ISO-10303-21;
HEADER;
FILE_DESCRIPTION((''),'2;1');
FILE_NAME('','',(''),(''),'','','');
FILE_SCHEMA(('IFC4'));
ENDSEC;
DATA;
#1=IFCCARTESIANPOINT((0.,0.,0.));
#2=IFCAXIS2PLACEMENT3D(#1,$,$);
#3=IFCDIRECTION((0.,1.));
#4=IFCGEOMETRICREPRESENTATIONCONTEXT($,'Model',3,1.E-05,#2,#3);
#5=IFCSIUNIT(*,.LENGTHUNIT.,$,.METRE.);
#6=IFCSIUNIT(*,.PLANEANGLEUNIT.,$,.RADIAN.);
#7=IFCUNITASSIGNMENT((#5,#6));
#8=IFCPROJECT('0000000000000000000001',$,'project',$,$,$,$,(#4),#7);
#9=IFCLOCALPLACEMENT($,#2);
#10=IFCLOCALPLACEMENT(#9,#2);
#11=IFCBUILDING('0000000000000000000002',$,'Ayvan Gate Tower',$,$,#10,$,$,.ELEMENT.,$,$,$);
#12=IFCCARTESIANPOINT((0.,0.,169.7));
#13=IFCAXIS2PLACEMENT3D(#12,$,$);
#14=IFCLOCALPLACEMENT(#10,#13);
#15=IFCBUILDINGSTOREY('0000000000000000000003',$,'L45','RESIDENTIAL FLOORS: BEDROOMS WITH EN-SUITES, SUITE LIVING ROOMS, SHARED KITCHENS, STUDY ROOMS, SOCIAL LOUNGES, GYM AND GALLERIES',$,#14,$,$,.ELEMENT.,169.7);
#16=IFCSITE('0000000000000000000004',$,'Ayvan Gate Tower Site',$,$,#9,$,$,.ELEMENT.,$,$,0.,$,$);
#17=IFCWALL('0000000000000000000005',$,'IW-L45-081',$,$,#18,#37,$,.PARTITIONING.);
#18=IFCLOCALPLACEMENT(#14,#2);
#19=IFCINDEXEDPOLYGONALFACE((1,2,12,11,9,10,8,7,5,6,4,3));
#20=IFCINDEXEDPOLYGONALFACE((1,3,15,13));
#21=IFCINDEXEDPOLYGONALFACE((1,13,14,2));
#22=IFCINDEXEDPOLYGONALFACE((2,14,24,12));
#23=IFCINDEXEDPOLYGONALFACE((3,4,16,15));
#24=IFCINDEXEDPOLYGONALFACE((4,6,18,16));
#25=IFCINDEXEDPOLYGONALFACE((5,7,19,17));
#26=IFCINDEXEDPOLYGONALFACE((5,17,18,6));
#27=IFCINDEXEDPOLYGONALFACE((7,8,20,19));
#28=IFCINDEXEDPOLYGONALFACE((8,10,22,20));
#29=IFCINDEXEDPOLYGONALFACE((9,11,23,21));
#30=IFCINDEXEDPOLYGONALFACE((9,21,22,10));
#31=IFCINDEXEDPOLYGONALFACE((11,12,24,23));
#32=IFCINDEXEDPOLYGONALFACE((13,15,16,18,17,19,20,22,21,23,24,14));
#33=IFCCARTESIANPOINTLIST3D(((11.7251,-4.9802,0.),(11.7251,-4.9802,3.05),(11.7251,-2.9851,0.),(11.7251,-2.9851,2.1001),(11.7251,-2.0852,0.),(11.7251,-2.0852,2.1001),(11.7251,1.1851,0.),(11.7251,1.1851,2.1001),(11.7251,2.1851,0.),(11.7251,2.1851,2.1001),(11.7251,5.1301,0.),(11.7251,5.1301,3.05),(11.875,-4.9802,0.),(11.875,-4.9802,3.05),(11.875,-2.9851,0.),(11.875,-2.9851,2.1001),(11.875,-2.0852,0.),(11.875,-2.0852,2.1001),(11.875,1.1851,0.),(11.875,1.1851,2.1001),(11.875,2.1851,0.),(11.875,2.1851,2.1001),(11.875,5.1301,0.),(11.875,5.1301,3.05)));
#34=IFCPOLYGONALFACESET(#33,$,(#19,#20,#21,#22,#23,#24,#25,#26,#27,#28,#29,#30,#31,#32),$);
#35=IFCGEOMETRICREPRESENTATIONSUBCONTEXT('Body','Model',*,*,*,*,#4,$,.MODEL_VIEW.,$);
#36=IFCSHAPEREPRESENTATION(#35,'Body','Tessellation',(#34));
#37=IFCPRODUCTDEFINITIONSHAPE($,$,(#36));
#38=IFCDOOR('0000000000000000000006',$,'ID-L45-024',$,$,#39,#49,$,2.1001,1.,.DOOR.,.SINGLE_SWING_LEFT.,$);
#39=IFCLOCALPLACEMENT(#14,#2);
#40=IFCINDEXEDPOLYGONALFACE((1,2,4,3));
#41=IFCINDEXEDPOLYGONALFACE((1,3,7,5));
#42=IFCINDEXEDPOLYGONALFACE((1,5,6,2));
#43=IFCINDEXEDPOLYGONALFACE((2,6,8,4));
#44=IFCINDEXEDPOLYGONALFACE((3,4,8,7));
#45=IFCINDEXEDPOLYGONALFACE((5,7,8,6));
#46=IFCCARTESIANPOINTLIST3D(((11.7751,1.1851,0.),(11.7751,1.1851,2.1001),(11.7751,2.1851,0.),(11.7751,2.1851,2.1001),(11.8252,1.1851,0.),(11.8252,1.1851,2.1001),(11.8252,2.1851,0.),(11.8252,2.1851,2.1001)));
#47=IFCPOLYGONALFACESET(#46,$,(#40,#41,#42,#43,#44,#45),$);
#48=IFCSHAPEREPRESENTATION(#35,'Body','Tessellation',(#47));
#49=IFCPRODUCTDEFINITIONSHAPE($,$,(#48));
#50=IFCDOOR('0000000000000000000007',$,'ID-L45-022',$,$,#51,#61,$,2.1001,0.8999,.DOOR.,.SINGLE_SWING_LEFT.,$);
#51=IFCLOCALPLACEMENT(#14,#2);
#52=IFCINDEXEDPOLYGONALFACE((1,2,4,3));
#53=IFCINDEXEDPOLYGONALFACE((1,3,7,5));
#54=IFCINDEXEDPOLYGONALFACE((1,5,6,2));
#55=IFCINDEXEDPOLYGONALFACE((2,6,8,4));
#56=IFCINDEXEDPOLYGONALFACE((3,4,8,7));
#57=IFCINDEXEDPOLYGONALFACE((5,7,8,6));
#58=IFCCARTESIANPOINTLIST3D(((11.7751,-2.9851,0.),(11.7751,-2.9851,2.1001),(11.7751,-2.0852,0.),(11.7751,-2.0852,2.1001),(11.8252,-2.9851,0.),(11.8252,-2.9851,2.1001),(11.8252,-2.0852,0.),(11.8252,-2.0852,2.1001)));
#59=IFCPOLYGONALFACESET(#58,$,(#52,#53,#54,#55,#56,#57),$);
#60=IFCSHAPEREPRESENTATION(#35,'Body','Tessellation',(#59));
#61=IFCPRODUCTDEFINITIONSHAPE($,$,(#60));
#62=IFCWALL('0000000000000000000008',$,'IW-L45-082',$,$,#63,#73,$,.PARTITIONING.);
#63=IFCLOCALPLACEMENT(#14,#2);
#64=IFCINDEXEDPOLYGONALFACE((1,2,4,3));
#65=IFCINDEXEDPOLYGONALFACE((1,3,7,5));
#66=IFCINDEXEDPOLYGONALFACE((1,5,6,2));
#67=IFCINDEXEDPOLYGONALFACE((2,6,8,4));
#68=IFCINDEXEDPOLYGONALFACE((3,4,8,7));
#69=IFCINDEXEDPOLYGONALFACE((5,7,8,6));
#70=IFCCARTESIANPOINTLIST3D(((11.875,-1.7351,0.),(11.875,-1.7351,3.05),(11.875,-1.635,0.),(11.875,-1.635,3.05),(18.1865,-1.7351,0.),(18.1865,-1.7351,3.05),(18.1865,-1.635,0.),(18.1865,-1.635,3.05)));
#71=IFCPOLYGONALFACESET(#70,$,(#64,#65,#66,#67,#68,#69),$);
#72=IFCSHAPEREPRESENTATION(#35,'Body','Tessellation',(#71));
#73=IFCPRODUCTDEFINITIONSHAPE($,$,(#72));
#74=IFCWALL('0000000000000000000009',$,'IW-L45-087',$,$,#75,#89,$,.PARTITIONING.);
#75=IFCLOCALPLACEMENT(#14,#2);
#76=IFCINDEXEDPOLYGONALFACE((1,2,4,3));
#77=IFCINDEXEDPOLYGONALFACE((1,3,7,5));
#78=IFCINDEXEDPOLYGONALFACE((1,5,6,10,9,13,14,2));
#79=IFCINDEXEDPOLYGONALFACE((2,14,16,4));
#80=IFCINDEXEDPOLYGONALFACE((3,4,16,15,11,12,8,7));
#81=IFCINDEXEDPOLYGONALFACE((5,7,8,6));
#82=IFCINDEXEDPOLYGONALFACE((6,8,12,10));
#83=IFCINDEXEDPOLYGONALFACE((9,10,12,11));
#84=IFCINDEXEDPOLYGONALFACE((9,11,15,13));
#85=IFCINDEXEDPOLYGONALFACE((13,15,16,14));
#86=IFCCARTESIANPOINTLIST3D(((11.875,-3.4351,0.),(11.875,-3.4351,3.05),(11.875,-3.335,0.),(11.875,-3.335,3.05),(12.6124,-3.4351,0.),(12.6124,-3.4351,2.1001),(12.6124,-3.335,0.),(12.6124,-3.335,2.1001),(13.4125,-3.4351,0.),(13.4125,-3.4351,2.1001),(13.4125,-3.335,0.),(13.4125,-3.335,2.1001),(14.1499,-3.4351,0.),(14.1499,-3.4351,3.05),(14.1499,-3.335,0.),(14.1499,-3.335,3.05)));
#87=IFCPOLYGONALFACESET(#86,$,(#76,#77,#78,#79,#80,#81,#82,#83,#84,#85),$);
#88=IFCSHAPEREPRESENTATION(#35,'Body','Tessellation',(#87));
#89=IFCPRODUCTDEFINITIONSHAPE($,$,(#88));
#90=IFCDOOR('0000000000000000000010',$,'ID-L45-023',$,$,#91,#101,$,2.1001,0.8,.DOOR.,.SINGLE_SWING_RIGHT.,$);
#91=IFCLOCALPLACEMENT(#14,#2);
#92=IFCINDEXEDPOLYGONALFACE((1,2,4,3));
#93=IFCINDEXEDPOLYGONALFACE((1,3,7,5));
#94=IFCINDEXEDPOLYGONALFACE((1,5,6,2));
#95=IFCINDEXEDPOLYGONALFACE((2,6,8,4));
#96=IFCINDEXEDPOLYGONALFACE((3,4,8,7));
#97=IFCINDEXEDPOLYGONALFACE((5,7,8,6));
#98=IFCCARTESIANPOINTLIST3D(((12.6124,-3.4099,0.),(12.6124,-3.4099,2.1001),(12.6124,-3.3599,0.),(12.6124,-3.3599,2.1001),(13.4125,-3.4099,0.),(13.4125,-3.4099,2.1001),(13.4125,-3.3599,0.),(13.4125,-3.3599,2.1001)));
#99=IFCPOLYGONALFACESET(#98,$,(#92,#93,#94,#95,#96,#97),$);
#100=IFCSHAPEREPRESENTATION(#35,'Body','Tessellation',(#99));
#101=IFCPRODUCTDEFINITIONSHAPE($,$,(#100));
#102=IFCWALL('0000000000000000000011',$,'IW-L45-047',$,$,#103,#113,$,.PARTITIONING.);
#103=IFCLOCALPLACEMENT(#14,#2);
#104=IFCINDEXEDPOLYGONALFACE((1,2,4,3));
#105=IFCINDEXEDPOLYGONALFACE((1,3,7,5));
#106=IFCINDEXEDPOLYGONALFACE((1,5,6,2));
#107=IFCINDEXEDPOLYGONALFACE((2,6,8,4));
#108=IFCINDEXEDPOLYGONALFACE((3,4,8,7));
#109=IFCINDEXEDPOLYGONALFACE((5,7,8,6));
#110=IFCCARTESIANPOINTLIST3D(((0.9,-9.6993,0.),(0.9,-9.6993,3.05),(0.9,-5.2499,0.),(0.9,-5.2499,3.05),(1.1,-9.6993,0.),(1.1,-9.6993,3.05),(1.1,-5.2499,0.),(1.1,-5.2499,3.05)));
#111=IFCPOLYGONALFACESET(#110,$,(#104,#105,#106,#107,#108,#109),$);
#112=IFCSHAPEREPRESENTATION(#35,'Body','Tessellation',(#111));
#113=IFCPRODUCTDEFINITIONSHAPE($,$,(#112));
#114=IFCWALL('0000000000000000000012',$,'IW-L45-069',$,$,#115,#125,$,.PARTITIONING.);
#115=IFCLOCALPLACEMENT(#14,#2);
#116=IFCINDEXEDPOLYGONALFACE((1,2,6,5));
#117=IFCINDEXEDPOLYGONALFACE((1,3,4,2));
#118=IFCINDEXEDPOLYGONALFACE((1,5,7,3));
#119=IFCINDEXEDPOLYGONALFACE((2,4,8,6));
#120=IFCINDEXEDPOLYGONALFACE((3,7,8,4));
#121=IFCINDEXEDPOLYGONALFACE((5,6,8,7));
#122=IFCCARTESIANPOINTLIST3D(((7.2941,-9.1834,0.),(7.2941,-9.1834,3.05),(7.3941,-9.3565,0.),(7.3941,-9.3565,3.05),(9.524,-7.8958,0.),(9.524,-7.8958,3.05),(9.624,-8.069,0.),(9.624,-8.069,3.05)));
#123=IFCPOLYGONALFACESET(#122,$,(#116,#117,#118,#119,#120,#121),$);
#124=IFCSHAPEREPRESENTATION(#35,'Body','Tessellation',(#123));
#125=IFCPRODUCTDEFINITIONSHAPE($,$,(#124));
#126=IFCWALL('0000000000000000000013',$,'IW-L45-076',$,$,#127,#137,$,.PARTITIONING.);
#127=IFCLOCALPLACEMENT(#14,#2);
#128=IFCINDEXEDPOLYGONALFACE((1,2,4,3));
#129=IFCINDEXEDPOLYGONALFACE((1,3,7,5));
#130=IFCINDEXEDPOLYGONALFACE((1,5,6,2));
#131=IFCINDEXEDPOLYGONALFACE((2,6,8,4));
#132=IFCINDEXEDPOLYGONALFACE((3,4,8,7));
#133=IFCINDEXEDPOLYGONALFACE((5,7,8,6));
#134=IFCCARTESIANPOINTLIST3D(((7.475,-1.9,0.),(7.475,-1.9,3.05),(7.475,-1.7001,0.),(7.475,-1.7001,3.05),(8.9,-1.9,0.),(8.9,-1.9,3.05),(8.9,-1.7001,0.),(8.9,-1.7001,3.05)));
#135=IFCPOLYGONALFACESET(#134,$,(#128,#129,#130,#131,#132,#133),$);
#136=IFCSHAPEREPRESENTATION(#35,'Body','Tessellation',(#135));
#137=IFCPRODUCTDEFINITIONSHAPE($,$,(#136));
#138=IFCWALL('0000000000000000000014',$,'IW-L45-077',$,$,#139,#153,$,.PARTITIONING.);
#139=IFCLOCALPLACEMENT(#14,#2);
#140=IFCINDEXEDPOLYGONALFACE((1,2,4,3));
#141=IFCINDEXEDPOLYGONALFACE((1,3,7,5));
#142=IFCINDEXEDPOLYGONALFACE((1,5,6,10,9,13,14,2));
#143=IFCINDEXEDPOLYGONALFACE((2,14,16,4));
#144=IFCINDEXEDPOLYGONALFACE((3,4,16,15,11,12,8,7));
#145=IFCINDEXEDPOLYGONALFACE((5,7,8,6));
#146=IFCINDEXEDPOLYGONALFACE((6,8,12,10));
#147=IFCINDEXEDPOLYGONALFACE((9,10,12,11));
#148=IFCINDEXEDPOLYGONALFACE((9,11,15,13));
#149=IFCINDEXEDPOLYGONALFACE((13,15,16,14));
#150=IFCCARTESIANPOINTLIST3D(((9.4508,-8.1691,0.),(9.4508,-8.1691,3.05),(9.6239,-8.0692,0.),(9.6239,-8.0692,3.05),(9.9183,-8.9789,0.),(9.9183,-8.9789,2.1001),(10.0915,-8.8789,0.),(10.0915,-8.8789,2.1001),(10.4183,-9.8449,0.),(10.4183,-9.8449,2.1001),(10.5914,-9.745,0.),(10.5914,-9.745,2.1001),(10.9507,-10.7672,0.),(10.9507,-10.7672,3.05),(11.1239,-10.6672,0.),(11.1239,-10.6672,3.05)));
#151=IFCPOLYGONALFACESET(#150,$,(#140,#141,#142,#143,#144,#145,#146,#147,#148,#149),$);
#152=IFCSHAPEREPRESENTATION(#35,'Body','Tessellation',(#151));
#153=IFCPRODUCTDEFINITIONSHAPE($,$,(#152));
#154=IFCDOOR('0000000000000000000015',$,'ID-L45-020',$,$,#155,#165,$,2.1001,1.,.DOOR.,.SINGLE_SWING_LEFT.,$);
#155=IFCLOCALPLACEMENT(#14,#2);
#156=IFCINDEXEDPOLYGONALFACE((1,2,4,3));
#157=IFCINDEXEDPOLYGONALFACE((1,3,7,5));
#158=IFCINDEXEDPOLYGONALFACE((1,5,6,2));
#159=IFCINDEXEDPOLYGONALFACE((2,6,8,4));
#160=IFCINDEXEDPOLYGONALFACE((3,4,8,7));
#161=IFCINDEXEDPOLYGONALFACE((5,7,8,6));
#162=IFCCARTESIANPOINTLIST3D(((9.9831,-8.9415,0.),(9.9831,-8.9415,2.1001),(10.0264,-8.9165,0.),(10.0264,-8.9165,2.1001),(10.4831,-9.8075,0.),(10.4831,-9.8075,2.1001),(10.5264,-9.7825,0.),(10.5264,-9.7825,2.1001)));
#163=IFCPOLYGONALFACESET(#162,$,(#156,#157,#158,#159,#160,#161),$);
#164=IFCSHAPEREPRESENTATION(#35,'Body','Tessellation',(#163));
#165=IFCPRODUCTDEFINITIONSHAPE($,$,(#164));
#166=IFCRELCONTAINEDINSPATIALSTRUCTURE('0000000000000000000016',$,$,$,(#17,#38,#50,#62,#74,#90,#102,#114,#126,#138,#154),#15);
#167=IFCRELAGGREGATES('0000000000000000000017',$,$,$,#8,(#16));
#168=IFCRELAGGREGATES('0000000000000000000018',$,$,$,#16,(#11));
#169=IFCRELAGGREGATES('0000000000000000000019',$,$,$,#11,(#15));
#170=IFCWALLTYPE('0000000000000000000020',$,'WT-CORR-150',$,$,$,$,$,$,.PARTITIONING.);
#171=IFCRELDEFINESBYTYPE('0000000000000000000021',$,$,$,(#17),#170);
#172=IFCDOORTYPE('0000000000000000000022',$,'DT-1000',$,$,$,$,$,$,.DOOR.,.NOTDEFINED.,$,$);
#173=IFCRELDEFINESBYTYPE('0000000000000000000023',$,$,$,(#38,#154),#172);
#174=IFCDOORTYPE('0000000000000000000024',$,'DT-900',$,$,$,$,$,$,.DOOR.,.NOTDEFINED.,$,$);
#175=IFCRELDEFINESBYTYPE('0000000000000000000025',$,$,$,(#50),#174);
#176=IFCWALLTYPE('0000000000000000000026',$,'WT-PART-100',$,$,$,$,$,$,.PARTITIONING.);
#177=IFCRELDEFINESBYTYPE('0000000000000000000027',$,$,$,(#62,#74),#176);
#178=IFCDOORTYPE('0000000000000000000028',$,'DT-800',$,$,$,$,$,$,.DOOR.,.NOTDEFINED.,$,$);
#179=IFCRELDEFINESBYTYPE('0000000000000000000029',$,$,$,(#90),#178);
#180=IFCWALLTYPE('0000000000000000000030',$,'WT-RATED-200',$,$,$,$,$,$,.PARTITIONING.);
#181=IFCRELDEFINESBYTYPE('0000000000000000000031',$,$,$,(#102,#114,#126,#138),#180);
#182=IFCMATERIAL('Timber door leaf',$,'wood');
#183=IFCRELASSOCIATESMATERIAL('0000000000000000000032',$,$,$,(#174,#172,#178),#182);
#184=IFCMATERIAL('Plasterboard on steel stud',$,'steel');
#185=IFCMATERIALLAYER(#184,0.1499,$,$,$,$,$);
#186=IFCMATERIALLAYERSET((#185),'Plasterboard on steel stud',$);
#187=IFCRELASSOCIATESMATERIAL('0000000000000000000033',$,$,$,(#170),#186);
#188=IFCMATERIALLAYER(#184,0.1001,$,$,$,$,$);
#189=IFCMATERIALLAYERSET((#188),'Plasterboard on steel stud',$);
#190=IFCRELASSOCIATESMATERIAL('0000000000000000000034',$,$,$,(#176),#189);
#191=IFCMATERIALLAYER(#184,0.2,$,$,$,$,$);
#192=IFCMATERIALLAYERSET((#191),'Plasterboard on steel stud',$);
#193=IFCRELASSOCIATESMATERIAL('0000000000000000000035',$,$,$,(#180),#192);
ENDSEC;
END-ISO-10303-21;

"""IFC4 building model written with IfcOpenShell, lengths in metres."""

from ifc_helpers import new_model, si_unit, direction, frame, frame_2d, origin, place, context, subcontext, project, spatial, rectangle, extrude, material, layer, layer_set, type_object, element, fill, save


model = new_model("IFC4")

# Units and contexts
model_context = context("Model", 3, precision=1e-05, world=origin(), true_north=direction((0.0, 1.0)))
body_context = subcontext(model_context, "Body", "Model", "MODEL_VIEW")
ifc_project = project(units=[si_unit("LENGTHUNIT", "METRE"), si_unit("PLANEANGLEUNIT", "RADIAN")], contexts=[model_context])

# Site, building, storey
site_placement = place(None, origin())
site = spatial("IfcSite", under=ifc_project, at=site_placement, Name="Ayvan Gate Tower Site", CompositionType="ELEMENT", RefElevation=0.0)
building_placement = place(site_placement, origin())
building = spatial("IfcBuilding", under=site, at=building_placement, Name="Ayvan Gate Tower", CompositionType="ELEMENT")
storey_placement = place(building_placement, frame((0.0, 0.0, 169.7)))
storey = spatial("IfcBuildingStorey", under=building, at=storey_placement, Name="L45", Description="RESIDENTIAL FLOORS: BEDROOMS WITH EN-SUITES, SUITE LIVING ROOMS, SHARED KITCHENS, STUDY ROOMS, SOCIAL LOUNGES, GYM AND GALLERIES", CompositionType="ELEMENT", Elevation=169.7)

# Shared definitions
ifc_material_1 = material(Name="Timber door leaf", Category="wood")
door_type_1 = type_object("IfcDoorType", Name="DT-900", OperationType="NOTDEFINED", PredefinedType="DOOR", material=ifc_material_1)

# Shared definitions
ifc_material_2 = material(Name="Plasterboard on steel stud", Category="steel")
ifc_layer_1 = layer(ifc_material_2, 0.1499)
ifc_layer_set_1 = layer_set([ifc_layer_1], Name="Plasterboard on steel stud")
wall_type_1 = type_object("IfcWallType", Name="WT-CORR-150", PredefinedType="PARTITIONING", material=ifc_layer_set_1)

# Wall, openings, doors
wall_1_placement = place(storey_placement, frame((11.8, -4.9802, 0.0), z_axis=(0.0, 0.0, 1.0), x_axis=(0.0, 1.0, 0.0)))
wall_1 = element("IfcWall", 1, at=wall_1_placement, inside=storey, type_object=wall_type_1, Name="IW-L45-081", PredefinedType="PARTITIONING", context=body_context, shape_type="SweptSolid", body=[
    extrude(rectangle(XDim=10.1104, YDim=0.1499, at=frame_2d((5.0552, 0.0))), origin(), (0.0, 0.0, 1.0), 3.05),
])
opening_1_placement = place(wall_1_placement, frame((1.9951, 0.0, 0.0)))
opening_1 = element("IfcOpeningElement", 2, at=opening_1_placement, cuts=wall_1, PredefinedType="OPENING", context=body_context, shape_type="SweptSolid", body=[
    extrude(rectangle(XDim=0.8999, YDim=2.1001, at=frame_2d((0.45, 1.05))), frame((0.0, 0.085, 0.0), z_axis=(0.0, -1.0, 0.0), x_axis=(1.0, 0.0, 0.0)), (0.0, 0.0, 1.0), 0.1699),
])
opening_2_placement = place(wall_1_placement, frame((6.1653, 0.0, 0.0)))
opening_2 = element("IfcOpeningElement", 3, at=opening_2_placement, cuts=wall_1, PredefinedType="OPENING", context=body_context, shape_type="SweptSolid", body=[
    extrude(rectangle(XDim=1.0, YDim=2.1001, at=frame_2d((0.5, 1.05))), frame((0.0, 0.085, 0.0), z_axis=(0.0, -1.0, 0.0), x_axis=(1.0, 0.0, 0.0)), (0.0, 0.0, 1.0), 0.1699),
])
door_type_2 = type_object("IfcDoorType", Name="DT-1000", OperationType="NOTDEFINED", PredefinedType="DOOR", material=ifc_material_1)
door_1_placement = place(opening_2_placement, origin())
door_1 = element("IfcDoor", 4, at=door_1_placement, inside=storey, type_object=door_type_2, Name="ID-L45-024", OperationType="SINGLE_SWING_LEFT", OverallHeight=2.1001, OverallWidth=1.0, PredefinedType="DOOR", context=body_context, shape_type="SweptSolid", body=[
    extrude(rectangle(XDim=1.0, YDim=2.1001, at=frame_2d((0.5, 1.05))), frame((0.0, 0.0249, 0.0), z_axis=(0.0, -1.0, 0.0), x_axis=(1.0, 0.0, 0.0)), (0.0, 0.0, 1.0), 0.05),
])
fill(opening_2, door_1)
door_2_placement = place(opening_1_placement, origin())
door_2 = element("IfcDoor", 5, at=door_2_placement, inside=storey, type_object=door_type_1, Name="ID-L45-022", OperationType="SINGLE_SWING_LEFT", OverallHeight=2.1001, OverallWidth=0.8999, PredefinedType="DOOR", context=body_context, shape_type="SweptSolid", body=[
    extrude(rectangle(XDim=0.8999, YDim=2.1001, at=frame_2d((0.45, 1.05))), frame((0.0, 0.0249, 0.0), z_axis=(0.0, -1.0, 0.0), x_axis=(1.0, 0.0, 0.0)), (0.0, 0.0, 1.0), 0.05),
])
fill(opening_1, door_2)

# Wall
ifc_layer_2 = layer(ifc_material_2, 0.1001)
ifc_layer_set_2 = layer_set([ifc_layer_2], Name="Plasterboard on steel stud")
wall_type_2 = type_object("IfcWallType", Name="WT-PART-100", PredefinedType="PARTITIONING", material=ifc_layer_set_2)
wall_2_placement = place(storey_placement, frame((11.875, -1.6851, 0.0), z_axis=(0.0, 0.0, 1.0), x_axis=(1.0, 0.0, 0.0)))
element("IfcWall", 6, at=wall_2_placement, inside=storey, type_object=wall_type_2, Name="IW-L45-082", PredefinedType="PARTITIONING", context=body_context, shape_type="SweptSolid", body=[
    extrude(rectangle(XDim=6.3115, YDim=0.1001, at=frame_2d((3.1558, 0.0))), origin(), (0.0, 0.0, 1.0), 3.05),
])

# Wall, opening, door
wall_3_placement = place(storey_placement, frame((14.1499, -3.385, 0.0), z_axis=(0.0, 0.0, 1.0), x_axis=(-1.0, 0.0, 0.0)))
wall_3 = element("IfcWall", 7, at=wall_3_placement, inside=storey, type_object=wall_type_2, Name="IW-L45-087", PredefinedType="PARTITIONING", context=body_context, shape_type="SweptSolid", body=[
    extrude(rectangle(XDim=2.2749, YDim=0.1001, at=frame_2d((1.1375, 0.0))), origin(), (0.0, 0.0, 1.0), 3.05),
])
opening_3_placement = place(wall_3_placement, frame((0.7375, 0.0, 0.0)))
opening_3 = element("IfcOpeningElement", 8, at=opening_3_placement, cuts=wall_3, PredefinedType="OPENING", context=body_context, shape_type="SweptSolid", body=[
    extrude(rectangle(XDim=0.8, YDim=2.1001, at=frame_2d((0.3999, 1.05))), frame((0.0, 0.0601, 0.0), z_axis=(0.0, -1.0, 0.0), x_axis=(1.0, 0.0, 0.0)), (0.0, 0.0, 1.0), 0.1201),
])
door_type_3 = type_object("IfcDoorType", Name="DT-800", OperationType="NOTDEFINED", PredefinedType="DOOR", material=ifc_material_1)
door_3_placement = place(opening_3_placement, origin())
door_3 = element("IfcDoor", 9, at=door_3_placement, inside=storey, type_object=door_type_3, Name="ID-L45-023", OperationType="SINGLE_SWING_RIGHT", OverallHeight=2.1001, OverallWidth=0.8, PredefinedType="DOOR", context=body_context, shape_type="SweptSolid", body=[
    extrude(rectangle(XDim=0.8, YDim=2.1001, at=frame_2d((0.3999, 1.05))), frame((0.0, 0.0249, 0.0), z_axis=(0.0, -1.0, 0.0), x_axis=(1.0, 0.0, 0.0)), (0.0, 0.0, 1.0), 0.05),
])
fill(opening_3, door_3)

# Walls
ifc_layer_3 = layer(ifc_material_2, 0.2)
ifc_layer_set_3 = layer_set([ifc_layer_3], Name="Plasterboard on steel stud")
wall_type_3 = type_object("IfcWallType", Name="WT-RATED-200", PredefinedType="PARTITIONING", material=ifc_layer_set_3)
wall_4_placement = place(storey_placement, frame((1.0, -5.25, 0.0), z_axis=(0.0, 0.0, 1.0), x_axis=(0.0, -1.0, 0.0)))
element("IfcWall", 10, at=wall_4_placement, inside=storey, type_object=wall_type_3, Name="IW-L45-047", PredefinedType="PARTITIONING", context=body_context, shape_type="SweptSolid", body=[
    extrude(rectangle(XDim=4.4495, YDim=0.2, at=frame_2d((2.2246, 0.0))), origin(), (0.0, 0.0, 1.0), 3.05),
])
wall_5_placement = place(storey_placement, frame((7.344, -9.27, 0.0), z_axis=(0.0, 0.0, 1.0), x_axis=(0.866006, 0.500034, 0.0)))
element("IfcWall", 11, at=wall_5_placement, inside=storey, type_object=wall_type_3, Name="IW-L45-069", PredefinedType="PARTITIONING", context=body_context, shape_type="SweptSolid", body=[
    extrude(rectangle(XDim=2.575, YDim=0.2, at=frame_2d((1.2876, 0.0))), origin(), (0.0, 0.0, 1.0), 3.05),
])
wall_6_placement = place(storey_placement, frame((8.8999, -1.8, 0.0), z_axis=(0.0, 0.0, 1.0), x_axis=(-1.0, 0.0, 0.0)))
element("IfcWall", 12, at=wall_6_placement, inside=storey, type_object=wall_type_3, Name="IW-L45-076", PredefinedType="PARTITIONING", context=body_context, shape_type="SweptSolid", body=[
    extrude(rectangle(XDim=1.425, YDim=0.2, at=frame_2d((0.7124, 0.0))), origin(), (0.0, 0.0, 1.0), 3.05),
])

# Wall, opening, door
wall_7_placement = place(storey_placement, frame((9.5374, -8.1191, 0.0), z_axis=(0.0, 0.0, 1.0), x_axis=(0.49999, -0.866031, 0.0)))
wall_7 = element("IfcWall", 13, at=wall_7_placement, inside=storey, type_object=wall_type_3, Name="IW-L45-077", PredefinedType="PARTITIONING", context=body_context, shape_type="SweptSolid", body=[
    extrude(rectangle(XDim=3.0, YDim=0.2, at=frame_2d((1.5, 0.0))), origin(), (0.0, 0.0, 1.0), 3.05),
])
opening_4_placement = place(wall_7_placement, frame((0.9351, 0.0, 0.0)))
opening_4 = element("IfcOpeningElement", 14, at=opening_4_placement, cuts=wall_7, PredefinedType="OPENING", context=body_context, shape_type="SweptSolid", body=[
    extrude(rectangle(XDim=1.0, YDim=2.1001, at=frame_2d((0.5, 1.05))), frame((0.0, 0.1099, 0.0), z_axis=(0.0, -1.0, 0.0), x_axis=(1.0, 0.0, 0.0)), (0.0, 0.0, 1.0), 0.22),
])
door_4_placement = place(opening_4_placement, origin())
door_4 = element("IfcDoor", 15, at=door_4_placement, inside=storey, type_object=door_type_2, Name="ID-L45-020", OperationType="SINGLE_SWING_LEFT", OverallHeight=2.1001, OverallWidth=1.0, PredefinedType="DOOR", context=body_context, shape_type="SweptSolid", body=[
    extrude(rectangle(XDim=1.0, YDim=2.1001, at=frame_2d((0.5, 1.05))), frame((0.0, 0.0249, 0.0), z_axis=(0.0, -1.0, 0.0), x_axis=(1.0, 0.0, 0.0)), (0.0, 0.0, 1.0), 0.05),
])
fill(opening_4, door_4)

save(model, "model.ifc")
